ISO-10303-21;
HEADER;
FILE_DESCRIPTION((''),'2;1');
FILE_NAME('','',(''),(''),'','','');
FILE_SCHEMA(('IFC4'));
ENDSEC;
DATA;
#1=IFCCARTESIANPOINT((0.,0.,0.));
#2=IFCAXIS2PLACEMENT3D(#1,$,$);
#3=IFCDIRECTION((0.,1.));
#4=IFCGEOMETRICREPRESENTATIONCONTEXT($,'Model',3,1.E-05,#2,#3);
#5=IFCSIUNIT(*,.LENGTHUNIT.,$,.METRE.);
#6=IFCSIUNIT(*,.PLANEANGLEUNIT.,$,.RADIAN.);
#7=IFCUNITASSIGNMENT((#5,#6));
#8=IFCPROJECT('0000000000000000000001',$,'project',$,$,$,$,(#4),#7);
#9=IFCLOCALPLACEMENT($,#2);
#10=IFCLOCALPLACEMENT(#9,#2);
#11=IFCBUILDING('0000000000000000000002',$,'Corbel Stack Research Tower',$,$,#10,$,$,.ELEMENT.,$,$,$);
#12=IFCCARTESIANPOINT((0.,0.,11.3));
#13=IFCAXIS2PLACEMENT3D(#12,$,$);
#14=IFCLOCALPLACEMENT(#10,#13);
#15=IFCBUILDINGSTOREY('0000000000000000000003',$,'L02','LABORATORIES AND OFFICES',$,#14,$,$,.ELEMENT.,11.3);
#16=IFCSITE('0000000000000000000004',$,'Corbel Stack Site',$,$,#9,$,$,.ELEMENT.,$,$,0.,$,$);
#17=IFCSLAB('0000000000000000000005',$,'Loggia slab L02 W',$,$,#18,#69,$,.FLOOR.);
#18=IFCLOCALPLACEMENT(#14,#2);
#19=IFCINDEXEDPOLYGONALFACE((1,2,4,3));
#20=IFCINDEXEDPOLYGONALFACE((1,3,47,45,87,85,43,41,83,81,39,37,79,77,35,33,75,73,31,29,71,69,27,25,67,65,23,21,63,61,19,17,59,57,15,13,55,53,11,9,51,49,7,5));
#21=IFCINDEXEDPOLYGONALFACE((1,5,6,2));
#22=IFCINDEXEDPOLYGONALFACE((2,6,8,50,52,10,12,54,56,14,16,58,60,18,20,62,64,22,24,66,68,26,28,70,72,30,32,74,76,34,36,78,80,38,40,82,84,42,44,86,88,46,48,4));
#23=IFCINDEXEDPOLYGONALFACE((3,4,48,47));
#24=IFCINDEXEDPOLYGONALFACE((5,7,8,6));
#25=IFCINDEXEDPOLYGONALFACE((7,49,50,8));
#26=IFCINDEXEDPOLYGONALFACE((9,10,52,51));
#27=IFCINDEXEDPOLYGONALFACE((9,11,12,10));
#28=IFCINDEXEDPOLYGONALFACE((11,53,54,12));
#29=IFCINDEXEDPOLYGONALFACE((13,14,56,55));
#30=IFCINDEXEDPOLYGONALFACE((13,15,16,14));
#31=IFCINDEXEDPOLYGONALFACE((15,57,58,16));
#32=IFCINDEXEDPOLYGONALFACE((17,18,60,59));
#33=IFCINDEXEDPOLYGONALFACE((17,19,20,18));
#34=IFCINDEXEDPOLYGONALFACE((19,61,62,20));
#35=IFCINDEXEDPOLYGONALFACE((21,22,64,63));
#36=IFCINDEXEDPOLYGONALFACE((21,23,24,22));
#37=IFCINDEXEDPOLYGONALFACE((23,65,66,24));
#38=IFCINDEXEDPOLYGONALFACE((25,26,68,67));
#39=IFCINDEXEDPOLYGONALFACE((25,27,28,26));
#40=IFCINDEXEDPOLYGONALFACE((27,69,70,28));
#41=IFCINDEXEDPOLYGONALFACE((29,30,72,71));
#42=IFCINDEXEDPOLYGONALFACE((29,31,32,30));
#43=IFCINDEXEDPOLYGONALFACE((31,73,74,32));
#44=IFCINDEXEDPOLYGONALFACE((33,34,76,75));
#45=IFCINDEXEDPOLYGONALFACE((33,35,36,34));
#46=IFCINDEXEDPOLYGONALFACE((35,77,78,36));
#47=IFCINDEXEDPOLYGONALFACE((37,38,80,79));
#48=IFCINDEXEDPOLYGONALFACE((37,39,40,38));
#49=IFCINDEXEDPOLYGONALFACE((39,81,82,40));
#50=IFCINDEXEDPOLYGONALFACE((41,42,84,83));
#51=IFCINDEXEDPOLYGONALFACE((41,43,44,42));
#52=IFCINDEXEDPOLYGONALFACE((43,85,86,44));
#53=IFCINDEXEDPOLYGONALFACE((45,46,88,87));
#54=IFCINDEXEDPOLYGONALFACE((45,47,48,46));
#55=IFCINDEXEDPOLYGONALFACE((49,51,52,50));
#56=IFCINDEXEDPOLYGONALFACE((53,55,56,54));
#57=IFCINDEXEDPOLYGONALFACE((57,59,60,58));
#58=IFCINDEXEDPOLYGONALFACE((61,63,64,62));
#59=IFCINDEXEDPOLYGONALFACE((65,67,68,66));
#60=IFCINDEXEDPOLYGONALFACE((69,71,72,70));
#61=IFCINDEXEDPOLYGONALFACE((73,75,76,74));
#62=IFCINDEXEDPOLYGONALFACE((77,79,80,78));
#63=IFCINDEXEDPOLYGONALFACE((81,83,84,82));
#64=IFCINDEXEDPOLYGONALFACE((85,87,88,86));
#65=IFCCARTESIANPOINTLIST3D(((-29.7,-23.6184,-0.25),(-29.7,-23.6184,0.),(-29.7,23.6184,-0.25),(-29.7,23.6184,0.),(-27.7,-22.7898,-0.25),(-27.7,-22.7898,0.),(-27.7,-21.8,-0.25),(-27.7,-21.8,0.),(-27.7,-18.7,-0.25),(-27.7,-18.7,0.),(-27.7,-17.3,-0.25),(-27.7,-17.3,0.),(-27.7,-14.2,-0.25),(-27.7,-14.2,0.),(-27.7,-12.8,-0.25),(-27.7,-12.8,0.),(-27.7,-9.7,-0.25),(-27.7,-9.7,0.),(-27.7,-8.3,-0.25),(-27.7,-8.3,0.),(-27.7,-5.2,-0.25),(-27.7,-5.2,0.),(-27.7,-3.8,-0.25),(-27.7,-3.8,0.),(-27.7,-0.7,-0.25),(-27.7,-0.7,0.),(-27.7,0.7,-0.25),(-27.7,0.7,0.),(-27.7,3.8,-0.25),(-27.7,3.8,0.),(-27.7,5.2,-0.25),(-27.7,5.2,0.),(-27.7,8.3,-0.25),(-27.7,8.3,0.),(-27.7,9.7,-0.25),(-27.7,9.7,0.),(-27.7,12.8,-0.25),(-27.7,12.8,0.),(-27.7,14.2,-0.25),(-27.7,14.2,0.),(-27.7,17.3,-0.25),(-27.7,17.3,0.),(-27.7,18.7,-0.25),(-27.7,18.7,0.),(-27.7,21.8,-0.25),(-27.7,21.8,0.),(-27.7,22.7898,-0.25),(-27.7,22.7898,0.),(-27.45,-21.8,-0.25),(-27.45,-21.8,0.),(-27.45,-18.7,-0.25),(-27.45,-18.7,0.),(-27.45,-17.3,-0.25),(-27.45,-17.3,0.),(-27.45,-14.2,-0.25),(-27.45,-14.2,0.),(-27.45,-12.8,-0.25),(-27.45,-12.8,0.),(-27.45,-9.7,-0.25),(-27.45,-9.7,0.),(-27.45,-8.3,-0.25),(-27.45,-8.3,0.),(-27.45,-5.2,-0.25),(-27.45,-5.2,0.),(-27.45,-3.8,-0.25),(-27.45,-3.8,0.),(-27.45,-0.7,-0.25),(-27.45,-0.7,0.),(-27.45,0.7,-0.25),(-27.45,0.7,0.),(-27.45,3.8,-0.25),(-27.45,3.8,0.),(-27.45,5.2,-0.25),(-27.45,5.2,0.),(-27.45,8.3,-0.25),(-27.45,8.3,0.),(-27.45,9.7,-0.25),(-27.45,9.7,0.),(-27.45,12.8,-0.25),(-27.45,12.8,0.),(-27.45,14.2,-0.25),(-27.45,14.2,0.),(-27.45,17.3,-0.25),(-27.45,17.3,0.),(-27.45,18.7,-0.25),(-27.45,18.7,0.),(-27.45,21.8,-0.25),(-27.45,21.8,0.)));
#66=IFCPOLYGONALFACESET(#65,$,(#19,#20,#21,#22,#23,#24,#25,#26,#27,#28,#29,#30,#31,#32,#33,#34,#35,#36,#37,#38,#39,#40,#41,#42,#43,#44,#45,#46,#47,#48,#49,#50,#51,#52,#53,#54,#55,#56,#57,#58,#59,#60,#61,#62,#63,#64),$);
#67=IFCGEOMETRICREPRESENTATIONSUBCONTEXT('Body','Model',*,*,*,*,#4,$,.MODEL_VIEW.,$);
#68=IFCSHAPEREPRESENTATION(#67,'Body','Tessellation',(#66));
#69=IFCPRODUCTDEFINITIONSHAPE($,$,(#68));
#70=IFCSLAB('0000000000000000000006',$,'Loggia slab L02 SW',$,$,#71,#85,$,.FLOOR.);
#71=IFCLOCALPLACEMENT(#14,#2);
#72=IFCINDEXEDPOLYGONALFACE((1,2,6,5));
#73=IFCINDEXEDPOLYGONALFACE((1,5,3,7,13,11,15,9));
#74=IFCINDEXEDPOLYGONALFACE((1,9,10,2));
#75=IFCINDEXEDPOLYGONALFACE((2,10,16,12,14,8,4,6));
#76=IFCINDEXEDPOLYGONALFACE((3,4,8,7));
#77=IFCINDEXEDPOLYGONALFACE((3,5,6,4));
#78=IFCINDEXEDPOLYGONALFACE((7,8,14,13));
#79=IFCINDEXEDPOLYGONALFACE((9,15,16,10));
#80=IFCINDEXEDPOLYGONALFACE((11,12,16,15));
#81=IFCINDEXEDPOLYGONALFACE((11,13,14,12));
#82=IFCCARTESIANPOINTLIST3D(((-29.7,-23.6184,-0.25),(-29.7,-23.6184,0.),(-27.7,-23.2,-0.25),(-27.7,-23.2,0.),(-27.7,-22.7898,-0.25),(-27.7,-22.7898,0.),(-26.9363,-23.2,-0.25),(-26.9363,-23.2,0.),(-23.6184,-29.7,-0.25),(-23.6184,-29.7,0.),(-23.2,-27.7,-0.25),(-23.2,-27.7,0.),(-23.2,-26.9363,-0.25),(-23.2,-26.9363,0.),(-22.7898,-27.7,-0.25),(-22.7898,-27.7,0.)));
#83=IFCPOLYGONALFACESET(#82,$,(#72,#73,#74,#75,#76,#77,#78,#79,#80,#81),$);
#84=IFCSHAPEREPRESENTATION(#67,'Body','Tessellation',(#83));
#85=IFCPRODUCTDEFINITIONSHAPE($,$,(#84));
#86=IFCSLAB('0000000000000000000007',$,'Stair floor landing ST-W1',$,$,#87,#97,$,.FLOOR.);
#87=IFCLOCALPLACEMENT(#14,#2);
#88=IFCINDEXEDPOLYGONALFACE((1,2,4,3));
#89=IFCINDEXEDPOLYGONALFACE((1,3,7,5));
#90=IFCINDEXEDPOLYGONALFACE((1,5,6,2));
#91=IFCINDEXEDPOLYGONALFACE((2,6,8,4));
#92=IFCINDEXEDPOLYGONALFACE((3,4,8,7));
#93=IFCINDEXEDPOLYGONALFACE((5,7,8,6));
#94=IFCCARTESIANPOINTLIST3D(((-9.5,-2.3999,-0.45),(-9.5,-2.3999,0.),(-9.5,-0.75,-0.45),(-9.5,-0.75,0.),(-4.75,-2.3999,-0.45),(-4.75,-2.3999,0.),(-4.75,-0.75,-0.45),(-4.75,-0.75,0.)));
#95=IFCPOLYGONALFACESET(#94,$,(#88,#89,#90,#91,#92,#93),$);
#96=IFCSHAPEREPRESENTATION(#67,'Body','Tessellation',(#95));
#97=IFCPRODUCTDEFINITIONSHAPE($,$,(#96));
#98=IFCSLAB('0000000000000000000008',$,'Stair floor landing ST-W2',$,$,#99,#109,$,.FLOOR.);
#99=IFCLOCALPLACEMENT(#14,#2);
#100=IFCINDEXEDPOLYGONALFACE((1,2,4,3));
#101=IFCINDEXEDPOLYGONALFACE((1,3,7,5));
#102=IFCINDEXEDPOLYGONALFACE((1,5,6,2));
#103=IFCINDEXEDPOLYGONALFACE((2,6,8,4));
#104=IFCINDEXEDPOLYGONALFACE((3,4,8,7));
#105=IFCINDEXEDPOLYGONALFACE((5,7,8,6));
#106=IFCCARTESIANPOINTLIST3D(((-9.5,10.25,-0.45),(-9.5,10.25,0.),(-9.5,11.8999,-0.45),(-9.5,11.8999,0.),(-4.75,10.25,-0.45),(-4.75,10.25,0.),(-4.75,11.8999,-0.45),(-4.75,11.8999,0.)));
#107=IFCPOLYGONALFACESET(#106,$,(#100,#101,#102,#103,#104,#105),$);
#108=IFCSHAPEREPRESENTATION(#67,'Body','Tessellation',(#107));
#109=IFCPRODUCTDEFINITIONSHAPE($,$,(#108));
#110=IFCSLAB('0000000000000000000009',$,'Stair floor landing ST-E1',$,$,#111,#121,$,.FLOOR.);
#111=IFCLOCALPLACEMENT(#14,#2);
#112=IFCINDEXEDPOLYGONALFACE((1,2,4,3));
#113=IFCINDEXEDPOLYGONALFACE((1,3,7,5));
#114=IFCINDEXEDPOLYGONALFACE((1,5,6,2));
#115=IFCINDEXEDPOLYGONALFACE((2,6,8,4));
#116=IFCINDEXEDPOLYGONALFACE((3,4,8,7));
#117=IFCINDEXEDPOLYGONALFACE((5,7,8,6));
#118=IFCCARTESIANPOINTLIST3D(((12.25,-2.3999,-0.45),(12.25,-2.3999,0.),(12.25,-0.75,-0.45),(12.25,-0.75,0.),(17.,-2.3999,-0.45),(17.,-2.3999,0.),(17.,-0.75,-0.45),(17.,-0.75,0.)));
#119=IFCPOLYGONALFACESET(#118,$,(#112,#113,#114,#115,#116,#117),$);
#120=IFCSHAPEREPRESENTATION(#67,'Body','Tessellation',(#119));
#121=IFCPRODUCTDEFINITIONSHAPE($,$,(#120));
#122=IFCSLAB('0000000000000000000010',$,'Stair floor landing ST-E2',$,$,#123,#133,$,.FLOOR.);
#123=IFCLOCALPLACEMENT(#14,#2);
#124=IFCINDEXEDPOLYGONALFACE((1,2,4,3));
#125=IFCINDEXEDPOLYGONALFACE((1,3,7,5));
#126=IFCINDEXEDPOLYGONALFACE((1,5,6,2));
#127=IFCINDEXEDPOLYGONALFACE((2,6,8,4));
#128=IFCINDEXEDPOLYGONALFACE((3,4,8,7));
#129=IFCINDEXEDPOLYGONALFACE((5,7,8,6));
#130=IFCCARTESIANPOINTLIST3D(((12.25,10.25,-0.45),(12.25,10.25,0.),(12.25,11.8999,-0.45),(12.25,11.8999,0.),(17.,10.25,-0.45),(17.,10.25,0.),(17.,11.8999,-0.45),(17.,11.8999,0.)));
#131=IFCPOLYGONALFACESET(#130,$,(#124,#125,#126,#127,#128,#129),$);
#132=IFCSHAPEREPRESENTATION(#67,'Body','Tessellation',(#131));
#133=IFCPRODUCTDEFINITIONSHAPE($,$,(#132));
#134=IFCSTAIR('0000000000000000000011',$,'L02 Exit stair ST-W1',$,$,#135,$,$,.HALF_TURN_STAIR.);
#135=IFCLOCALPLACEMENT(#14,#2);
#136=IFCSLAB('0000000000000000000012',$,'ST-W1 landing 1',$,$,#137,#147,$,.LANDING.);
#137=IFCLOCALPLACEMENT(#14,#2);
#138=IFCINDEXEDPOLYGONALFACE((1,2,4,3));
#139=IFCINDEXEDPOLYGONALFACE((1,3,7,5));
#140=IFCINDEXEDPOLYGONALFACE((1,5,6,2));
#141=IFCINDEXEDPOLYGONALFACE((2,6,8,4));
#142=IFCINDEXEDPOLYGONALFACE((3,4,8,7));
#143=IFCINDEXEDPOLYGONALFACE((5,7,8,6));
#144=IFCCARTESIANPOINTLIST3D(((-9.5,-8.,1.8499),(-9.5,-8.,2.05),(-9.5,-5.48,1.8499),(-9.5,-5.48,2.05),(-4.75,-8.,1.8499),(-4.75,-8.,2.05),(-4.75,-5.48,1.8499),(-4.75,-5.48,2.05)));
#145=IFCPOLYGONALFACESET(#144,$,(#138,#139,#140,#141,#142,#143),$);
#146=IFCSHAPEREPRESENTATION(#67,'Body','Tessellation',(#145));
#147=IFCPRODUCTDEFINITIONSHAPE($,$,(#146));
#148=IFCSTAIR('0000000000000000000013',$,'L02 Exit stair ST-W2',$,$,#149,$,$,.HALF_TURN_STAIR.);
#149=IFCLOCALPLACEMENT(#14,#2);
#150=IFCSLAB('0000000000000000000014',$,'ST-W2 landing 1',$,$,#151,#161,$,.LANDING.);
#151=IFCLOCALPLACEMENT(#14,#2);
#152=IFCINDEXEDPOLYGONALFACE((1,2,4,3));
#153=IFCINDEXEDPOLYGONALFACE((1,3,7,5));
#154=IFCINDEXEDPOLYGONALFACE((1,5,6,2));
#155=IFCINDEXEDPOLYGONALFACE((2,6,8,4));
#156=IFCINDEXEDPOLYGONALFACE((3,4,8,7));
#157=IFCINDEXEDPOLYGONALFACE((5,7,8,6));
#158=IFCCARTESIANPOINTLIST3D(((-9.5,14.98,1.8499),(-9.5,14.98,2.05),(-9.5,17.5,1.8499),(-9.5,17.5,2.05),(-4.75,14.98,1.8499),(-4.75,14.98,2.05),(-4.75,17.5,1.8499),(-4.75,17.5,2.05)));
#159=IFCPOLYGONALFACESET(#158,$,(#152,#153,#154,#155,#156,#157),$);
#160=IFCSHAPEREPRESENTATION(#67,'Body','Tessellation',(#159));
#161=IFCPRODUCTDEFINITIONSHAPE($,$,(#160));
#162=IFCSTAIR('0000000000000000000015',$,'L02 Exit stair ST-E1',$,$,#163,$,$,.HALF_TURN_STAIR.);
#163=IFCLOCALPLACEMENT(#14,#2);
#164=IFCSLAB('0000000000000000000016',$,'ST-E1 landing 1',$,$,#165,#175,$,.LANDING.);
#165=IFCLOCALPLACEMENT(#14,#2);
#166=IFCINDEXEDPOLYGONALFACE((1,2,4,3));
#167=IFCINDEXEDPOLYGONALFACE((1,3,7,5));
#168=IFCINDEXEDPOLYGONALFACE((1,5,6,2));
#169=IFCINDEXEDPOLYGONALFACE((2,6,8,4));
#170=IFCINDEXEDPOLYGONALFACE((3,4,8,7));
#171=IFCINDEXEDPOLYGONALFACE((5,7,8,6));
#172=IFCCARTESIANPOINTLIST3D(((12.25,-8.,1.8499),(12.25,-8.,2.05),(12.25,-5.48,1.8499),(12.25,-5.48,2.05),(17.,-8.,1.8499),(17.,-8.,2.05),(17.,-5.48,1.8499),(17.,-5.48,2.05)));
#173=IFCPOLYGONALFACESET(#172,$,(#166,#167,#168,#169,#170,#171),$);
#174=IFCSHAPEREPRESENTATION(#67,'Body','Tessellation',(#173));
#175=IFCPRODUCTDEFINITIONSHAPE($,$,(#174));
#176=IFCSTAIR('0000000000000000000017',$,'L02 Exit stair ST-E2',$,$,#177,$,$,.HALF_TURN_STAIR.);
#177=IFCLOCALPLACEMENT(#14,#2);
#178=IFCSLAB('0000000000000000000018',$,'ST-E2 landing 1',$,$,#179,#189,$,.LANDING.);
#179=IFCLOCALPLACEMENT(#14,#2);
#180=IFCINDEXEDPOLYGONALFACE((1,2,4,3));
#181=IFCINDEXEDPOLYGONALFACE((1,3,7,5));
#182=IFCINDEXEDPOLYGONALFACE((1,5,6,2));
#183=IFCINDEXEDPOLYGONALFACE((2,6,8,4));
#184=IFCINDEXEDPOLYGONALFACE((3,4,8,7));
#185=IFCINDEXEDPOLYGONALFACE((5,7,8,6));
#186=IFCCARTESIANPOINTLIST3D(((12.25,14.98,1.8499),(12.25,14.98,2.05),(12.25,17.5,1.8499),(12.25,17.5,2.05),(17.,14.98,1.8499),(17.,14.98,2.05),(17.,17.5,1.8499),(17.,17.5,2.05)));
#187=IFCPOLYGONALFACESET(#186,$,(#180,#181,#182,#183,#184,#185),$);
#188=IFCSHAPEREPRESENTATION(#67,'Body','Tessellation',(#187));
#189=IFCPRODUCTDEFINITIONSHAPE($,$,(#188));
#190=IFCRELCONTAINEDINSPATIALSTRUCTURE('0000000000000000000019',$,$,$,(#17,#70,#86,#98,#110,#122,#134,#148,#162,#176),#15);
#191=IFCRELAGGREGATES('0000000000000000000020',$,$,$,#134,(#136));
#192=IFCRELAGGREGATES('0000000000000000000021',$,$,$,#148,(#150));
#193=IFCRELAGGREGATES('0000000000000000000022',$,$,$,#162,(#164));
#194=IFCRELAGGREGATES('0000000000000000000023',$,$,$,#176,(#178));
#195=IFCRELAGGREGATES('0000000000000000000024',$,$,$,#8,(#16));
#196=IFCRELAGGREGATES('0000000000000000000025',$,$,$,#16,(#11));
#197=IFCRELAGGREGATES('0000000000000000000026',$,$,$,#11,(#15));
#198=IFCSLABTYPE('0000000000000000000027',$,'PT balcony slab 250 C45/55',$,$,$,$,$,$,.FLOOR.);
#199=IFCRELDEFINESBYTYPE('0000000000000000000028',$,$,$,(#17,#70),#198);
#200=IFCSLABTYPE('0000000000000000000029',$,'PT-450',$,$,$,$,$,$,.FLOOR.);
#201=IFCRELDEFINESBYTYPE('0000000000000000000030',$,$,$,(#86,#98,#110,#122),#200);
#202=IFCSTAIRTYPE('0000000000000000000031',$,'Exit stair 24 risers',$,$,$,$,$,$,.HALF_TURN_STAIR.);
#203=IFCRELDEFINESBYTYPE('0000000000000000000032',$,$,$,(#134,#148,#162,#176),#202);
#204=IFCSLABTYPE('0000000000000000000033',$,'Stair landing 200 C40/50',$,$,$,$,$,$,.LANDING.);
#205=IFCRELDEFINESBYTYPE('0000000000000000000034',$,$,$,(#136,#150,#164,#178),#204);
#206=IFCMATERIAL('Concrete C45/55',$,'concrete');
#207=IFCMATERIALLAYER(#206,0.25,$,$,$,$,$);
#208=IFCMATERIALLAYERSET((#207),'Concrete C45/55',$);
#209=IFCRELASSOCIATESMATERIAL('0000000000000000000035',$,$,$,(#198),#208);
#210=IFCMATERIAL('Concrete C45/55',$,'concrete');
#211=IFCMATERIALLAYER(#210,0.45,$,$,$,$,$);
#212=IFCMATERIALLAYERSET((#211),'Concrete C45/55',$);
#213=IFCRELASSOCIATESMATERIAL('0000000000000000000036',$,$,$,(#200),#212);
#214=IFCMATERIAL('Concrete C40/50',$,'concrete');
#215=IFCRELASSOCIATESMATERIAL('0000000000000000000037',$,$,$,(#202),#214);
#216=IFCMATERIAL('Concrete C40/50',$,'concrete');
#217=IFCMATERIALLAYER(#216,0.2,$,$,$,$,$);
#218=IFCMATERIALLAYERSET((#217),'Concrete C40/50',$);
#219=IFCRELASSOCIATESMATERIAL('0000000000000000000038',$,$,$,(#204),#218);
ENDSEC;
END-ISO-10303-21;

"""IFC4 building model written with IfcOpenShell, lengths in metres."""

from ifc_helpers import new_model, si_unit, direction, frame, origin, place, context, subcontext, project, spatial, polyline, outline, extrude, material, layer, layer_set, type_object, element, aggregate, save


model = new_model("IFC4")

# Units and contexts
model_context = context("Model", 3, precision=1e-05, world=origin(), true_north=direction((0.0, 1.0)))
body_context = subcontext(model_context, "Body", "Model", "MODEL_VIEW")
ifc_project = project(units=[si_unit("LENGTHUNIT", "METRE"), si_unit("PLANEANGLEUNIT", "RADIAN")], contexts=[model_context])

# Site, building, storey
site_placement = place(None, origin())
site = spatial("IfcSite", under=ifc_project, at=site_placement, Name="Corbel Stack Site", CompositionType="ELEMENT", RefElevation=0.0)
building_placement = place(site_placement, origin())
building = spatial("IfcBuilding", under=site, at=building_placement, Name="Corbel Stack Research Tower", CompositionType="ELEMENT")
storey_placement = place(building_placement, frame((0.0, 0.0, 11.3)))
storey = spatial("IfcBuildingStorey", under=building, at=storey_placement, Name="L02", Description="LABORATORIES AND OFFICES", CompositionType="ELEMENT", Elevation=11.3)

# Slabs
ifc_material_1 = material(Name="Concrete C45/55", Category="concrete")
ifc_layer_1 = layer(ifc_material_1, 0.25)
ifc_layer_set_1 = layer_set([ifc_layer_1], Name="Concrete C45/55")
slab_type_1 = type_object("IfcSlabType", Name="PT balcony slab 250 C45/55", PredefinedType="FLOOR", material=ifc_layer_set_1)
slab_1_placement = place(storey_placement, frame((0.0, 0.0, -0.25)))
element("IfcSlab", 1, at=slab_1_placement, inside=storey, type_object=slab_type_1, Name="Loggia slab L02 W", PredefinedType="FLOOR", context=body_context, shape_type="SweptSolid", body=[
    extrude(outline(polyline([(-27.7, -22.7898), (-27.7, -21.8), (-27.45, -21.8), (-27.45, -18.7), (-27.7, -18.7), (-27.7, -17.3), (-27.45, -17.3), (-27.45, -14.2), (-27.7, -14.2), (-27.7, -12.8), (-27.45, -12.8), (-27.45, -9.7), (-27.7, -9.7), (-27.7, -8.3), (-27.45, -8.3), (-27.45, -5.2), (-27.7, -5.2), (-27.7, -3.8), (-27.45, -3.8), (-27.45, -0.7), (-27.7, -0.7), (-27.7, 0.7), (-27.45, 0.7), (-27.45, 3.8), (-27.7, 3.8), (-27.7, 5.2), (-27.45, 5.2), (-27.45, 8.3), (-27.7, 8.3), (-27.7, 9.7), (-27.45, 9.7), (-27.45, 12.8), (-27.7, 12.8), (-27.7, 14.2), (-27.45, 14.2), (-27.45, 17.3), (-27.7, 17.3), (-27.7, 18.7), (-27.45, 18.7), (-27.45, 21.8), (-27.7, 21.8), (-27.7, 22.7898), (-29.7, 23.6184), (-29.7, -23.6184), (-27.7, -22.7898)])), origin(), (0.0, 0.0, 1.0), 0.25),
])
slab_2_placement = place(storey_placement, frame((0.0, 0.0, -0.25)))
element("IfcSlab", 2, at=slab_2_placement, inside=storey, type_object=slab_type_1, Name="Loggia slab L02 SW", PredefinedType="FLOOR", context=body_context, shape_type="SweptSolid", body=[
    extrude(outline(polyline([(-22.7898, -27.7), (-23.2, -27.7), (-23.2, -26.9363), (-26.9363, -23.2), (-27.7, -23.2), (-27.7, -22.7898), (-29.7, -23.6184), (-23.6184, -29.7), (-22.7898, -27.7)])), origin(), (0.0, 0.0, 1.0), 0.25),
])
ifc_material_2 = material(Name="Concrete C45/55", Category="concrete")
ifc_layer_2 = layer(ifc_material_2, 0.45)
ifc_layer_set_2 = layer_set([ifc_layer_2], Name="Concrete C45/55")
slab_type_2 = type_object("IfcSlabType", Name="PT-450", PredefinedType="FLOOR", material=ifc_layer_set_2)
slab_3_placement = place(storey_placement, frame((0.0, 0.0, -0.45)))
element("IfcSlab", 3, at=slab_3_placement, inside=storey, type_object=slab_type_2, Name="Stair floor landing ST-W1", PredefinedType="FLOOR", context=body_context, shape_type="SweptSolid", body=[
    extrude(outline(polyline([(-9.5, -2.3999), (-4.75, -2.3999), (-4.75, -0.75), (-9.5, -0.75), (-9.5, -2.3999)])), origin(), (0.0, 0.0, 1.0), 0.45),
])
slab_4_placement = place(storey_placement, frame((0.0, 0.0, -0.45)))
element("IfcSlab", 4, at=slab_4_placement, inside=storey, type_object=slab_type_2, Name="Stair floor landing ST-W2", PredefinedType="FLOOR", context=body_context, shape_type="SweptSolid", body=[
    extrude(outline(polyline([(-9.5, 10.25), (-4.75, 10.25), (-4.75, 11.8999), (-9.5, 11.8999), (-9.5, 10.25)])), origin(), (0.0, 0.0, 1.0), 0.45),
])
slab_5_placement = place(storey_placement, frame((0.0, 0.0, -0.45)))
element("IfcSlab", 5, at=slab_5_placement, inside=storey, type_object=slab_type_2, Name="Stair floor landing ST-E1", PredefinedType="FLOOR", context=body_context, shape_type="SweptSolid", body=[
    extrude(outline(polyline([(12.25, -2.3999), (17.0, -2.3999), (17.0, -0.75), (12.25, -0.75), (12.25, -2.3999)])), origin(), (0.0, 0.0, 1.0), 0.45),
])
slab_6_placement = place(storey_placement, frame((0.0, 0.0, -0.45)))
element("IfcSlab", 6, at=slab_6_placement, inside=storey, type_object=slab_type_2, Name="Stair floor landing ST-E2", PredefinedType="FLOOR", context=body_context, shape_type="SweptSolid", body=[
    extrude(outline(polyline([(12.25, 10.25), (17.0, 10.25), (17.0, 11.8999), (12.25, 11.8999), (12.25, 10.25)])), origin(), (0.0, 0.0, 1.0), 0.45),
])

# Stairs, slabs
ifc_material_3 = material(Name="Concrete C40/50", Category="concrete")
stair_type = type_object("IfcStairType", Name="Exit stair 24 risers", PredefinedType="HALF_TURN_STAIR", material=ifc_material_3)
stair_1_placement = place(storey_placement, origin())
stair_1 = element("IfcStair", 7, at=stair_1_placement, inside=storey, type_object=stair_type, Name="L02 Exit stair ST-W1", PredefinedType="HALF_TURN_STAIR")
ifc_material_4 = material(Name="Concrete C40/50", Category="concrete")
ifc_layer_3 = layer(ifc_material_4, 0.2)
ifc_layer_set_3 = layer_set([ifc_layer_3], Name="Concrete C40/50")
slab_type_3 = type_object("IfcSlabType", Name="Stair landing 200 C40/50", PredefinedType="LANDING", material=ifc_layer_set_3)
slab_7_placement = place(storey_placement, frame((0.0, 0.0, 1.8499)))
slab_7 = element("IfcSlab", 8, at=slab_7_placement, type_object=slab_type_3, Name="ST-W1 landing 1", PredefinedType="LANDING", context=body_context, shape_type="SweptSolid", body=[
    extrude(outline(polyline([(-9.5, -8.0), (-9.5, -5.48), (-4.75, -5.48), (-4.75, -8.0), (-9.5, -8.0)])), origin(), (0.0, 0.0, 1.0), 0.2002),
])
aggregate(stair_1, [slab_7])
stair_2_placement = place(storey_placement, origin())
stair_2 = element("IfcStair", 9, at=stair_2_placement, inside=storey, type_object=stair_type, Name="L02 Exit stair ST-W2", PredefinedType="HALF_TURN_STAIR")
slab_8_placement = place(storey_placement, frame((0.0, 0.0, 1.8499)))
slab_8 = element("IfcSlab", 10, at=slab_8_placement, type_object=slab_type_3, Name="ST-W2 landing 1", PredefinedType="LANDING", context=body_context, shape_type="SweptSolid", body=[
    extrude(outline(polyline([(-9.5, 14.98), (-9.5, 17.5), (-4.75, 17.5), (-4.75, 14.98), (-9.5, 14.98)])), origin(), (0.0, 0.0, 1.0), 0.2002),
])
aggregate(stair_2, [slab_8])
stair_3_placement = place(storey_placement, origin())
stair_3 = element("IfcStair", 11, at=stair_3_placement, inside=storey, type_object=stair_type, Name="L02 Exit stair ST-E1", PredefinedType="HALF_TURN_STAIR")
slab_9_placement = place(storey_placement, frame((0.0, 0.0, 1.8499)))
slab_9 = element("IfcSlab", 12, at=slab_9_placement, type_object=slab_type_3, Name="ST-E1 landing 1", PredefinedType="LANDING", context=body_context, shape_type="SweptSolid", body=[
    extrude(outline(polyline([(12.25, -8.0), (12.25, -5.48), (17.0, -5.48), (17.0, -8.0), (12.25, -8.0)])), origin(), (0.0, 0.0, 1.0), 0.2002),
])
aggregate(stair_3, [slab_9])
stair_4_placement = place(storey_placement, origin())
stair_4 = element("IfcStair", 13, at=stair_4_placement, inside=storey, type_object=stair_type, Name="L02 Exit stair ST-E2", PredefinedType="HALF_TURN_STAIR")
slab_10_placement = place(storey_placement, frame((0.0, 0.0, 1.8499)))
slab_10 = element("IfcSlab", 14, at=slab_10_placement, type_object=slab_type_3, Name="ST-E2 landing 1", PredefinedType="LANDING", context=body_context, shape_type="SweptSolid", body=[
    extrude(outline(polyline([(12.25, 14.98), (12.25, 17.5), (17.0, 17.5), (17.0, 14.98), (12.25, 14.98)])), origin(), (0.0, 0.0, 1.0), 0.2002),
])
aggregate(stair_4, [slab_10])

save(model, "model.ifc")
